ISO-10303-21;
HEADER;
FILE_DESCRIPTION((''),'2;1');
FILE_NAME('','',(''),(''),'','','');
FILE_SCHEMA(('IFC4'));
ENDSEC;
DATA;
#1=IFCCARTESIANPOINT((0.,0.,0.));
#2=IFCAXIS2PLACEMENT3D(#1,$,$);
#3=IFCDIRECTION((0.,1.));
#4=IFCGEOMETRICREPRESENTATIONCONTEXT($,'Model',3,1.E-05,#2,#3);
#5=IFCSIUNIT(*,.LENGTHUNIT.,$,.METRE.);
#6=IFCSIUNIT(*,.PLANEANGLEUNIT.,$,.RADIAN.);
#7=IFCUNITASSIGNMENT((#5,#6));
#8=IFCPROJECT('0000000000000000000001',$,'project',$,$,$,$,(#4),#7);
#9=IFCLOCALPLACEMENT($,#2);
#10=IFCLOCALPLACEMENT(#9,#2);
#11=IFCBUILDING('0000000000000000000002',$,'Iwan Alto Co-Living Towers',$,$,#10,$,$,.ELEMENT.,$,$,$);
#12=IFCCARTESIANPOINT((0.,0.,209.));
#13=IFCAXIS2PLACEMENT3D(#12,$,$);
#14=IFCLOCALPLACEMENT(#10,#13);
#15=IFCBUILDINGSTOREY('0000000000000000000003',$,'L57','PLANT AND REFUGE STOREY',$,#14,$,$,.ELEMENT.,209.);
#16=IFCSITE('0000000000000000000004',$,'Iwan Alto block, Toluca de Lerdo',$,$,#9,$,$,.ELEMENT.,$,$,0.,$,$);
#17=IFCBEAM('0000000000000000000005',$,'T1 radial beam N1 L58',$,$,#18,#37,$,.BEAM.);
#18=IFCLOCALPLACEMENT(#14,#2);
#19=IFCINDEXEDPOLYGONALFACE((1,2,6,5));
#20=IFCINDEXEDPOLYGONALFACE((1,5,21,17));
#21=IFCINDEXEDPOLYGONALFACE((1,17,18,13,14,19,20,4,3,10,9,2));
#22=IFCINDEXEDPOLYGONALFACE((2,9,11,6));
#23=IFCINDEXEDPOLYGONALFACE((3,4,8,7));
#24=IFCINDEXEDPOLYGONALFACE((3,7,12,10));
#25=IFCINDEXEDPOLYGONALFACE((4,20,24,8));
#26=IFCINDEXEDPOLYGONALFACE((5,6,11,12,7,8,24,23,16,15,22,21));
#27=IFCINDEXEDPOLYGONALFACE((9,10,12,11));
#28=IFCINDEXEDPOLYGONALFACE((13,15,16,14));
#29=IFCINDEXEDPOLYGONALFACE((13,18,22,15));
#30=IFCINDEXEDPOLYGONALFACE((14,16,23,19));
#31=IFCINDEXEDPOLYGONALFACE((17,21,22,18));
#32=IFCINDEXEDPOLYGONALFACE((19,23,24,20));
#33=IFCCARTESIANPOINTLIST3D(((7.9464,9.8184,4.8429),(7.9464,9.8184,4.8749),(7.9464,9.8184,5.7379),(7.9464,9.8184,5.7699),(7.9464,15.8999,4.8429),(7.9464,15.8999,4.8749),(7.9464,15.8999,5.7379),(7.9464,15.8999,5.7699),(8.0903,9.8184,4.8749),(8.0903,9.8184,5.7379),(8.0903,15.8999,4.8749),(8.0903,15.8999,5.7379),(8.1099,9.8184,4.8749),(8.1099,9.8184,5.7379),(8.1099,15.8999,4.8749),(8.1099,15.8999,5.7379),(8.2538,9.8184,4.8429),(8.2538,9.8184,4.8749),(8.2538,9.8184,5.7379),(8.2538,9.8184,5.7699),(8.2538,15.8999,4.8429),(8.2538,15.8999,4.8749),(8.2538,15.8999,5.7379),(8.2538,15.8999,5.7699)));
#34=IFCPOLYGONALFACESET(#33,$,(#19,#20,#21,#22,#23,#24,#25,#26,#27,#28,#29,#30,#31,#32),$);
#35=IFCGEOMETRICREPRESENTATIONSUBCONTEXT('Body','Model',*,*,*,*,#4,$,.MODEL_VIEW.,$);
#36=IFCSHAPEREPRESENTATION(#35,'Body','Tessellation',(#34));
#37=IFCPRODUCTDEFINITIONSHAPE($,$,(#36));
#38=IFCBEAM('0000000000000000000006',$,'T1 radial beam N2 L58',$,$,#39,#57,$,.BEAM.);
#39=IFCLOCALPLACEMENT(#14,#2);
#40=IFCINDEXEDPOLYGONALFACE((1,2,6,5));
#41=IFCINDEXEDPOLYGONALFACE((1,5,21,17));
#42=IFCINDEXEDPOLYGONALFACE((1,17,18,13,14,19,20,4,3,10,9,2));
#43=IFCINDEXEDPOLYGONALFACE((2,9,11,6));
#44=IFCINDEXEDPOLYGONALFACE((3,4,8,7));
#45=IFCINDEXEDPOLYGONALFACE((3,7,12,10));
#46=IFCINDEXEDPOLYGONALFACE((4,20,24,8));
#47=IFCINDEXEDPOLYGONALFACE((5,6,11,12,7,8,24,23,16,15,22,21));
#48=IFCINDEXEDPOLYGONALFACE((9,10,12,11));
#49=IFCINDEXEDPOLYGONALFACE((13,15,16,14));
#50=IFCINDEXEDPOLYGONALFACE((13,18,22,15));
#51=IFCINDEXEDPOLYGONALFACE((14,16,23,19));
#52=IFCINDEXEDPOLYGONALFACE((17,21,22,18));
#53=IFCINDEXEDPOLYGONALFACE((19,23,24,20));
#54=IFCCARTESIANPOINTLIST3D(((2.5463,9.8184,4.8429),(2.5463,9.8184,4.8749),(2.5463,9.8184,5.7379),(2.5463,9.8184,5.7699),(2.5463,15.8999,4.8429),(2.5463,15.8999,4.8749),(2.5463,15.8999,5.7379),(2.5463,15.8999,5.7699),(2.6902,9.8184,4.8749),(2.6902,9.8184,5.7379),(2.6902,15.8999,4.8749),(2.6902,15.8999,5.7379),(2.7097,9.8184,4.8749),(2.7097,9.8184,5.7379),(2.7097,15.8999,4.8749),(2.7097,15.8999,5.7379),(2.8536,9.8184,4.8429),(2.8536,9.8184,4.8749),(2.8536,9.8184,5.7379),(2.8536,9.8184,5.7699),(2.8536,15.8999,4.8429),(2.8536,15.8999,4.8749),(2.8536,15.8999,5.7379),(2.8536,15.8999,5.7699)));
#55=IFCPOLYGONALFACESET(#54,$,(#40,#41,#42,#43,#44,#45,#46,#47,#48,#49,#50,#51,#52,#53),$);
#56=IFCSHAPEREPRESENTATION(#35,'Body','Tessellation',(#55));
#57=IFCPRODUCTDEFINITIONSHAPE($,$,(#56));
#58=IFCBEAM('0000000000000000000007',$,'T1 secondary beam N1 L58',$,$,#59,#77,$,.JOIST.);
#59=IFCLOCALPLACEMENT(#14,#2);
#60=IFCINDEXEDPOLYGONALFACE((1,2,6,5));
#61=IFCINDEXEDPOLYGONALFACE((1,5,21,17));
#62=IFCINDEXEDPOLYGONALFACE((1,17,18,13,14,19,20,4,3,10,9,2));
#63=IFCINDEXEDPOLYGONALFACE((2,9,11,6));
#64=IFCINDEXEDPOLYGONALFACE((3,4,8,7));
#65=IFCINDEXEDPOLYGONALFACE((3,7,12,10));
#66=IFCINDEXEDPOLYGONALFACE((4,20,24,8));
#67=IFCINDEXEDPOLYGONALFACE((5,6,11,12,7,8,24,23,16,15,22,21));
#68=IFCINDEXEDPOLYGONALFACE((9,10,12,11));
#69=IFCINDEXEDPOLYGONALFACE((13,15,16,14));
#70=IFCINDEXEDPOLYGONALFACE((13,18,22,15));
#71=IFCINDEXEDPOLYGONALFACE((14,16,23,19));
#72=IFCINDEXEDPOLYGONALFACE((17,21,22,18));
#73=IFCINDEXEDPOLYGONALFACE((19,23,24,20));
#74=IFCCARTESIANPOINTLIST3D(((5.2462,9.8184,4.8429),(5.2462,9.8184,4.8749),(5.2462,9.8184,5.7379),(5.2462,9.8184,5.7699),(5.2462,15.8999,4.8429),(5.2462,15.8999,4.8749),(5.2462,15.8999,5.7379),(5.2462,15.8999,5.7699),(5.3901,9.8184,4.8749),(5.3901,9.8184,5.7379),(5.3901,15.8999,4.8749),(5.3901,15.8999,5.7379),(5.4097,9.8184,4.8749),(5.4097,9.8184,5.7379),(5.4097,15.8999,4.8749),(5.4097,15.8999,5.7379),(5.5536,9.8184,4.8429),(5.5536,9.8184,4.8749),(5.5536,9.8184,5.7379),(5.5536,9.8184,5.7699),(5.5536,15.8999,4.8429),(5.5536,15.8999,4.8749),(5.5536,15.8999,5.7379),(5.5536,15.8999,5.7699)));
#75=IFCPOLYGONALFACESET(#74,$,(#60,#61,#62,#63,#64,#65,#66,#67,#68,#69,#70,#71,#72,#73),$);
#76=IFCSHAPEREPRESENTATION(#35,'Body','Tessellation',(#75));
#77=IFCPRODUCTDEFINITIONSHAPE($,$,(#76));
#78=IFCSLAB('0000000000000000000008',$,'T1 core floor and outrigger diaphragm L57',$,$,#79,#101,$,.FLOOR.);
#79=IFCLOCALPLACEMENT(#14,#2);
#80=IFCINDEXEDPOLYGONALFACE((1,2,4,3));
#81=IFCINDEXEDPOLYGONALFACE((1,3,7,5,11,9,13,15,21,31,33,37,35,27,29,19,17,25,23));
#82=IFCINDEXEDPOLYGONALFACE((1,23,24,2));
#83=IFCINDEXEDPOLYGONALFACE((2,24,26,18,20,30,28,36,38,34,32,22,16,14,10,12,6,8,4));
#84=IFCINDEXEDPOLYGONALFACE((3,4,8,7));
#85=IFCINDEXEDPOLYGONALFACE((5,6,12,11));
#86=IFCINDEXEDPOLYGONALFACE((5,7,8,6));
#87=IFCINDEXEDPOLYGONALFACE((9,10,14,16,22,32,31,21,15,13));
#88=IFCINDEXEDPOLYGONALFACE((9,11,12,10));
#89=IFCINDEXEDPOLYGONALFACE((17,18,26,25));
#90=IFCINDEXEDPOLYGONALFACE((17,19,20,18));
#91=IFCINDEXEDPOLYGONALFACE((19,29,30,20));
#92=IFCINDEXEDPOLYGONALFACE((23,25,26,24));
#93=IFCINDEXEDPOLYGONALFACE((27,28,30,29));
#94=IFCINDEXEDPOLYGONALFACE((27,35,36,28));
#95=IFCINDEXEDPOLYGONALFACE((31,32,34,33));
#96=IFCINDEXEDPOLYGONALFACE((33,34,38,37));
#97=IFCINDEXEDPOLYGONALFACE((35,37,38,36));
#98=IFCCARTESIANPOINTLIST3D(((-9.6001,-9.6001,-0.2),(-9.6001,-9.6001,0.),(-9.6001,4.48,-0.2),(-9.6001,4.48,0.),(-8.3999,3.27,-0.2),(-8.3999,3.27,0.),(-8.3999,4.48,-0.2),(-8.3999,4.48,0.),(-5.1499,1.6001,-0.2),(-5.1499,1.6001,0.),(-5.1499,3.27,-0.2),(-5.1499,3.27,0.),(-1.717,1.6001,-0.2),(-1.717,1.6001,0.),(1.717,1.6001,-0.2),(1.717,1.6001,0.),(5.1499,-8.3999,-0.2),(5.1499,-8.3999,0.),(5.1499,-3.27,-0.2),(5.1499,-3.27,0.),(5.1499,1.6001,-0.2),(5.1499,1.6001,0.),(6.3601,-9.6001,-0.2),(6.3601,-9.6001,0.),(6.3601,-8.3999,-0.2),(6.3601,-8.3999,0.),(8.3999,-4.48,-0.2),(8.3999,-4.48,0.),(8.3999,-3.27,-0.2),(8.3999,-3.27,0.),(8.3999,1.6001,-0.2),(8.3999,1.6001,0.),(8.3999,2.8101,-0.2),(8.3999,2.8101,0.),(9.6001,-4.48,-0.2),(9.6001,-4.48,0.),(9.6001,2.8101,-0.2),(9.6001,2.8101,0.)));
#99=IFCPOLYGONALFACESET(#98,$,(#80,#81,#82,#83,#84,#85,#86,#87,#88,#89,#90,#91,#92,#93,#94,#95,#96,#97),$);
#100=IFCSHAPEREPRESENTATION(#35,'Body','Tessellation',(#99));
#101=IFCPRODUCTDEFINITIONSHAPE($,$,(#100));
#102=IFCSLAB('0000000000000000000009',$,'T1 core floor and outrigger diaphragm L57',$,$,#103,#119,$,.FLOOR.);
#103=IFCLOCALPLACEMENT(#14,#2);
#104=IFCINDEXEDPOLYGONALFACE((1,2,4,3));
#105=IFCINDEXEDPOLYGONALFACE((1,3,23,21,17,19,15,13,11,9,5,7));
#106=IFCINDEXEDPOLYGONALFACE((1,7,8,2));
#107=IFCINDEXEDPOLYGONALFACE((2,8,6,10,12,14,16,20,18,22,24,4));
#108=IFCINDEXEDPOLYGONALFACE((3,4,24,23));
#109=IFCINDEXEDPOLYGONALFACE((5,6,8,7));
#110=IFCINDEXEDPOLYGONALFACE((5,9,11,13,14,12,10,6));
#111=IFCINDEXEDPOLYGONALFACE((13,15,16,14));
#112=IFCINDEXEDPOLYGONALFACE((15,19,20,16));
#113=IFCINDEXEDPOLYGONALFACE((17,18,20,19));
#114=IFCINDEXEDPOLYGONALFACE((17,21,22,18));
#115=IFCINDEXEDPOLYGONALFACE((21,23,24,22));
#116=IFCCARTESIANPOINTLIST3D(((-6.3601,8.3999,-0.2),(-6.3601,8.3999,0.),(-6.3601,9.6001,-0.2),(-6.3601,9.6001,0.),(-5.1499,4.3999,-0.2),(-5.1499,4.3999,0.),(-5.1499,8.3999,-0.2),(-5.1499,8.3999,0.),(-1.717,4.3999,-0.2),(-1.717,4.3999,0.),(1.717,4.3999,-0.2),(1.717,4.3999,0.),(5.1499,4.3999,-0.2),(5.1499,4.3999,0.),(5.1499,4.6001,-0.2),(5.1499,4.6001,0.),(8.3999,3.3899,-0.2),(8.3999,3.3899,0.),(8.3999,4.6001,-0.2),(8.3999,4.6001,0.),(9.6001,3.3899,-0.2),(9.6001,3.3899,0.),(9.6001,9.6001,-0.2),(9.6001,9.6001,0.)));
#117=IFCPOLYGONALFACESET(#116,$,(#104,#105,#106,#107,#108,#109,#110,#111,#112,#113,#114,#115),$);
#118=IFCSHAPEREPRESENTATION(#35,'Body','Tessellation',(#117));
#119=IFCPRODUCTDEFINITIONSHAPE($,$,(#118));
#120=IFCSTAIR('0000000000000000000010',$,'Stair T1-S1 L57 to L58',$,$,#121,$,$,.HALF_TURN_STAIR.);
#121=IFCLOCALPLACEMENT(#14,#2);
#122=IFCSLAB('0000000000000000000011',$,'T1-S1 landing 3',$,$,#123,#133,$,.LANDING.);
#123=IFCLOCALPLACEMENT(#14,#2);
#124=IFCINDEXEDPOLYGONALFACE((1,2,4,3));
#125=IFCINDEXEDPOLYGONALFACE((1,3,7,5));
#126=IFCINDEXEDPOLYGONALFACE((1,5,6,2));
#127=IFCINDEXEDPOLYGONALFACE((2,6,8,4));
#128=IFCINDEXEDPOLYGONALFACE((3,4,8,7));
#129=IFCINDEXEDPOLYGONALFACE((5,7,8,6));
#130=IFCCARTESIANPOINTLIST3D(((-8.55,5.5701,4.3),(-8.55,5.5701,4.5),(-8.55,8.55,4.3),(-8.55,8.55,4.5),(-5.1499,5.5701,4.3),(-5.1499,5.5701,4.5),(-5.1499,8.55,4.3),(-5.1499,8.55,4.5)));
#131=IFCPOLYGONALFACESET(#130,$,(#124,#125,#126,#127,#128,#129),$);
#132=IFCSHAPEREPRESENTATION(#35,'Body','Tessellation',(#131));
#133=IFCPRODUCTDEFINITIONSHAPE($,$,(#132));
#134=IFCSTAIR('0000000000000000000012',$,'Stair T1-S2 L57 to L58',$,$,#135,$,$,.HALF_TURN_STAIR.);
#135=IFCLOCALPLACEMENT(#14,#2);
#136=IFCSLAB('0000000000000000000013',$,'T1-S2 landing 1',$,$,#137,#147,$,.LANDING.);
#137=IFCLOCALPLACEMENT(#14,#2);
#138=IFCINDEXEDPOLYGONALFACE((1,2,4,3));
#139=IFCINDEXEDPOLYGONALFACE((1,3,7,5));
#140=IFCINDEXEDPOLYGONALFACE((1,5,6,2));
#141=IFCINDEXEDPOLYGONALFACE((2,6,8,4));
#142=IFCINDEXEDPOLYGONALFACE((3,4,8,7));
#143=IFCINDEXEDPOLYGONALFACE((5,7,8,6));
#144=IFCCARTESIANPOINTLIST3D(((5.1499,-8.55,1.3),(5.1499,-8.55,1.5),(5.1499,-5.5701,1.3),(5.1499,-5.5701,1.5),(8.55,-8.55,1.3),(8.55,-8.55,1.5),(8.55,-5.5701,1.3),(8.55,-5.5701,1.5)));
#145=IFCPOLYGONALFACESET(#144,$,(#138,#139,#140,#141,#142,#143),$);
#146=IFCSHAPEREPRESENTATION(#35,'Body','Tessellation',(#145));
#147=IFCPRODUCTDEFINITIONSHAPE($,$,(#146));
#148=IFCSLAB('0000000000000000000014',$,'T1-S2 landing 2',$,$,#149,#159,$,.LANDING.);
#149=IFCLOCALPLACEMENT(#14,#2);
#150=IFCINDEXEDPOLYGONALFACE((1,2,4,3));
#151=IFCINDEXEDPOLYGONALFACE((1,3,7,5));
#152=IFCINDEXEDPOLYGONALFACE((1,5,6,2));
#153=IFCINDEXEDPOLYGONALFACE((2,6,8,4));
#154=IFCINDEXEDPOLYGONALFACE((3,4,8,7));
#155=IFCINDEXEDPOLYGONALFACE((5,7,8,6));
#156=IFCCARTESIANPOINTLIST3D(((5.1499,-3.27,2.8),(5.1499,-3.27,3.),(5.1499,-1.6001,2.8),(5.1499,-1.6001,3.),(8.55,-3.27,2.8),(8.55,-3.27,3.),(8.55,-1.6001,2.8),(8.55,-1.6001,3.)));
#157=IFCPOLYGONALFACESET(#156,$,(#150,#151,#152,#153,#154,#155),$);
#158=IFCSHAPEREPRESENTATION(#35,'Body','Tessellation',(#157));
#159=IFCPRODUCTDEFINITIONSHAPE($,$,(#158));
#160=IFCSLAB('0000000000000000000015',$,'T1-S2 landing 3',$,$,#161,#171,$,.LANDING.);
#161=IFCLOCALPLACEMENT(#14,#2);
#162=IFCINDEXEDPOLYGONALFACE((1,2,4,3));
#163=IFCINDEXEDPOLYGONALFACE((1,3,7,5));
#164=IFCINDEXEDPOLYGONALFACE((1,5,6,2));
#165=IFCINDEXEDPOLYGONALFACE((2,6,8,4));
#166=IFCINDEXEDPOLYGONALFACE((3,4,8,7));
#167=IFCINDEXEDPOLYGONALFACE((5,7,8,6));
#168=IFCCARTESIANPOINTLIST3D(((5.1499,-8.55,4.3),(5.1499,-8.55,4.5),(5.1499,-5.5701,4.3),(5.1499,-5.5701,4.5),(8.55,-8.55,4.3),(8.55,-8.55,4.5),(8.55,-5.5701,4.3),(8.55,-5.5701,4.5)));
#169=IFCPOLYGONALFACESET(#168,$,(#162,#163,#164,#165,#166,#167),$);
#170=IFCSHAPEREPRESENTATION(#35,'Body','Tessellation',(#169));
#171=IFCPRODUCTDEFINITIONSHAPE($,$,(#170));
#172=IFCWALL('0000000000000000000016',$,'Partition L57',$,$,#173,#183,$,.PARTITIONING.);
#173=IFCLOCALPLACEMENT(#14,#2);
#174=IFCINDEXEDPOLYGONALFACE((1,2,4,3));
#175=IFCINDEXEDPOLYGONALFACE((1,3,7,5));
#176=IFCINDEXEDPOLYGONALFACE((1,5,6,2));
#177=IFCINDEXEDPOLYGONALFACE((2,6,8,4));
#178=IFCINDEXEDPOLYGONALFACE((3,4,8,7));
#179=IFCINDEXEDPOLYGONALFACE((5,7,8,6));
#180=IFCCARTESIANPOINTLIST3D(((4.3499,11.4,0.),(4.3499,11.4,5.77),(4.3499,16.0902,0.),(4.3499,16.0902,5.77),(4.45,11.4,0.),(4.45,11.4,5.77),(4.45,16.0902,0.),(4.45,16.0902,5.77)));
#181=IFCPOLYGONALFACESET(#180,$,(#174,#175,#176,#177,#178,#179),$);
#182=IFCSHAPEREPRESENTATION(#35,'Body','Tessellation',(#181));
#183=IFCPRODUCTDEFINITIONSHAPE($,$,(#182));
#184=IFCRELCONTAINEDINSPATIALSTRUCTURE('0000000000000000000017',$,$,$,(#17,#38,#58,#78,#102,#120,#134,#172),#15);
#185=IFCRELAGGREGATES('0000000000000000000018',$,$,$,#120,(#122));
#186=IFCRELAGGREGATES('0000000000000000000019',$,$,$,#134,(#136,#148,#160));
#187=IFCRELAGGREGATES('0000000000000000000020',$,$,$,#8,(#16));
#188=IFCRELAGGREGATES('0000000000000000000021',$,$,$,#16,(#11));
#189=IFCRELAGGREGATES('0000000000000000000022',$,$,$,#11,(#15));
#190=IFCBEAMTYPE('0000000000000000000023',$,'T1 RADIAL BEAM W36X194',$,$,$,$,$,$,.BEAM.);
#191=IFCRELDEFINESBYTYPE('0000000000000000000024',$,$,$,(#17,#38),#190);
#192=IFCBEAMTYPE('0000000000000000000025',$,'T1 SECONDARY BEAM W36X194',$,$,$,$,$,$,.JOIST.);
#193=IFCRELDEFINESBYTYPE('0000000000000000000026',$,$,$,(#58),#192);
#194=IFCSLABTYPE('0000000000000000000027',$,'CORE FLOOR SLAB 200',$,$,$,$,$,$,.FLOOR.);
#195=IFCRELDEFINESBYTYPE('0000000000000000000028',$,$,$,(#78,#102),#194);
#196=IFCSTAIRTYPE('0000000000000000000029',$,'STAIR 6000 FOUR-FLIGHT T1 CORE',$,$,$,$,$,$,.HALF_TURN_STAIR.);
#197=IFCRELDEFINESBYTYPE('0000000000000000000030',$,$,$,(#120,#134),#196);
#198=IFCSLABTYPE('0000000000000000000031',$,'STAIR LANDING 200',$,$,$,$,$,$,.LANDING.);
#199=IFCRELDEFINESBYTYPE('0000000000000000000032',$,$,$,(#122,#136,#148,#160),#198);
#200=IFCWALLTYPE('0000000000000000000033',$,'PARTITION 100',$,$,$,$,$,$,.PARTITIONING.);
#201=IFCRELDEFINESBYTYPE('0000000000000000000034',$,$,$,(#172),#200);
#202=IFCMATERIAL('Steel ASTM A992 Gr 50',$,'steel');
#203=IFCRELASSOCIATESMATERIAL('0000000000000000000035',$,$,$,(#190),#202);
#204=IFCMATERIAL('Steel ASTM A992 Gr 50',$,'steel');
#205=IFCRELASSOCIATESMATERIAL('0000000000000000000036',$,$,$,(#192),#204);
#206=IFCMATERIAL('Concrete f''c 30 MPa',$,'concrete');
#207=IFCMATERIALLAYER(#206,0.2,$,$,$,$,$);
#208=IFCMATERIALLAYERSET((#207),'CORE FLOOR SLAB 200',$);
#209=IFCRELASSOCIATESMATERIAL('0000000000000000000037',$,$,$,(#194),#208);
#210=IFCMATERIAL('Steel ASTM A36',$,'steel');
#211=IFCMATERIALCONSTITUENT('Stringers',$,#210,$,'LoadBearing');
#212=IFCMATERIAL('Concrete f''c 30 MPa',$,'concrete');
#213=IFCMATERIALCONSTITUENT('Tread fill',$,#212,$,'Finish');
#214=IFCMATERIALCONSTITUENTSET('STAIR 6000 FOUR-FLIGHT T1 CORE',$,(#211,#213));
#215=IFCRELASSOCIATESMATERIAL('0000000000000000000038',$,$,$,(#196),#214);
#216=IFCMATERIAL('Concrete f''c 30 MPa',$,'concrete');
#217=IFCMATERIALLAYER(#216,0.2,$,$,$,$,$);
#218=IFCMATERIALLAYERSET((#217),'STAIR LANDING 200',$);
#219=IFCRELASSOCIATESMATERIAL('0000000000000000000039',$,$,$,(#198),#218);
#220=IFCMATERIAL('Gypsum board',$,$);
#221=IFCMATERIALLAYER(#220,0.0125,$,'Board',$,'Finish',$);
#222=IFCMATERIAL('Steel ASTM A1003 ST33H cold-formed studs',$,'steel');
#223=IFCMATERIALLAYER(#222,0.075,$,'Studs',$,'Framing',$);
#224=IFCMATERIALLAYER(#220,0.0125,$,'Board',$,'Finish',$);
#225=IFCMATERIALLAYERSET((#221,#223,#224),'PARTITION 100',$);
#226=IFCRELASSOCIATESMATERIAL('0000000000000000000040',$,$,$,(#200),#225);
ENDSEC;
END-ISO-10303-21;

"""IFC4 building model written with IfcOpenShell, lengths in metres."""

from ifc_helpers import new_model, si_unit, direction, frame, frame_2d, origin, origin_2d, place, context, subcontext, project, spatial, polyline, rectangle, i_section, outline, extrude, material, layer, layer_set, constituent, constituent_set, material_profile, profile_set, type_object, element, aggregate, save


model = new_model("IFC4")

# Units and contexts
model_context = context("Model", 3, precision=1e-05, world=origin(), true_north=direction((0.0, 1.0)))
body_context = subcontext(model_context, "Body", "Model", "MODEL_VIEW")
ifc_project = project(units=[si_unit("LENGTHUNIT", "METRE"), si_unit("PLANEANGLEUNIT", "RADIAN")], contexts=[model_context])

# Site, building, storey
site_placement = place(None, origin())
site = spatial("IfcSite", under=ifc_project, at=site_placement, Name="Iwan Alto block, Toluca de Lerdo", CompositionType="ELEMENT", RefElevation=0.0)
building_placement = place(site_placement, origin())
building = spatial("IfcBuilding", under=site, at=building_placement, Name="Iwan Alto Co-Living Towers", CompositionType="ELEMENT")
storey_placement = place(building_placement, frame((0.0, 0.0, 209.0)))
storey = spatial("IfcBuildingStorey", under=building, at=storey_placement, Name="L57", Description="PLANT AND REFUGE STOREY", CompositionType="ELEMENT", Elevation=209.0)

# Beams
ifc_material_1 = material(Name="Steel ASTM A992 Gr 50", Category="steel")
ifc_material_profile_1 = material_profile(ifc_material_1, i_section(OverallWidth=0.3074, OverallDepth=0.927, WebThickness=0.0195, FlangeThickness=0.032, at=origin_2d()), Name="W36X194")
ifc_profile_set_1 = profile_set([ifc_material_profile_1], Name="Steel ASTM A992 Gr 50")
beam_type_1 = type_object("IfcBeamType", Name="T1 RADIAL BEAM W36X194", PredefinedType="BEAM", material=ifc_profile_set_1)
for number, where, z_axis, x_axis, name in (
    (1, (8.1001, 15.8999, 5.3064), (0.0, -1.0, 0.0), (1.0, 0.0, 0.0), "T1 radial beam N1 L58"),
    (2, (2.7, 15.8999, 5.3064), (0.0, -1.0, 0.0), (1.0, 0.0, 0.0), "T1 radial beam N2 L58"),
):
    element("IfcBeam", number, at=place(storey_placement, frame(where, z_axis=z_axis, x_axis=x_axis)), inside=storey, type_object=beam_type_1, Name=name, PredefinedType="BEAM", context=body_context, shape_type="SweptSolid", body=[
        extrude(i_section(OverallWidth=0.3074, OverallDepth=0.927, WebThickness=0.0195, FlangeThickness=0.032, at=origin_2d()), origin(), (0.0, 0.0, 1.0), 6.0815),
    ])
ifc_material_2 = material(Name="Steel ASTM A992 Gr 50", Category="steel")
ifc_material_profile_2 = material_profile(ifc_material_2, i_section(OverallWidth=0.3074, OverallDepth=0.927, WebThickness=0.0195, FlangeThickness=0.032, at=origin_2d()), Name="W36X194")
ifc_profile_set_2 = profile_set([ifc_material_profile_2], Name="Steel ASTM A992 Gr 50")
beam_type_2 = type_object("IfcBeamType", Name="T1 SECONDARY BEAM W36X194", PredefinedType="JOIST", material=ifc_profile_set_2)
beam_1_placement = place(storey_placement, frame((5.3999, 15.8999, 5.3064), z_axis=(0.0, -1.0, 0.0), x_axis=(1.0, 0.0, 0.0)))
element("IfcBeam", 3, at=beam_1_placement, inside=storey, type_object=beam_type_2, Name="T1 secondary beam N1 L58", PredefinedType="JOIST", context=body_context, shape_type="SweptSolid", body=[
    extrude(i_section(OverallWidth=0.3074, OverallDepth=0.927, WebThickness=0.0195, FlangeThickness=0.032, at=origin_2d()), origin(), (0.0, 0.0, 1.0), 6.0815),
])

# Slabs
ifc_material_3 = material(Name="Concrete f'c 30 MPa", Category="concrete")
ifc_layer_1 = layer(ifc_material_3, 0.2)
ifc_layer_set_1 = layer_set([ifc_layer_1], Name="CORE FLOOR SLAB 200")
slab_type_1 = type_object("IfcSlabType", Name="CORE FLOOR SLAB 200", PredefinedType="FLOOR", material=ifc_layer_set_1)
slab_1_placement = place(storey_placement, frame((0.0, 0.0, -0.2)))
element("IfcSlab", 4, at=slab_1_placement, inside=storey, type_object=slab_type_1, Name="T1 core floor and outrigger diaphragm L57", PredefinedType="FLOOR", context=body_context, shape_type="SweptSolid", body=[
    extrude(outline(polyline([(5.1499, -8.3999), (6.3601, -8.3999), (6.3601, -9.6001), (-9.6001, -9.6001), (-9.6001, 4.48), (-8.3999, 4.48), (-8.3999, 3.27), (-5.1499, 3.27), (-5.1499, 1.6001), (-1.717, 1.6001), (1.717, 1.6001), (5.1499, 1.6001), (8.3999, 1.6001), (8.3999, 2.8101), (9.6001, 2.8101), (9.6001, -4.48), (8.3999, -4.48), (8.3999, -3.27), (5.1499, -3.27), (5.1499, -8.3999)])), origin(), (0.0, 0.0, 1.0), 0.2),
])
slab_2_placement = place(storey_placement, frame((0.0, 0.0, -0.2)))
element("IfcSlab", 5, at=slab_2_placement, inside=storey, type_object=slab_type_1, Name="T1 core floor and outrigger diaphragm L57", PredefinedType="FLOOR", context=body_context, shape_type="SweptSolid", body=[
    extrude(outline(polyline([(1.717, 4.3999), (-1.717, 4.3999), (-5.1499, 4.3999), (-5.1499, 8.3999), (-6.3601, 8.3999), (-6.3601, 9.6001), (9.6001, 9.6001), (9.6001, 3.3899), (8.3999, 3.3899), (8.3999, 4.6001), (5.1499, 4.6001), (5.1499, 4.3999), (1.717, 4.3999)])), origin(), (0.0, 0.0, 1.0), 0.2),
])

# Stair, slab
ifc_material_4 = material(Name="Steel ASTM A36", Category="steel")
ifc_constituent_1 = constituent(ifc_material_4, Name="Stringers", Category="LoadBearing")
ifc_material_5 = material(Name="Concrete f'c 30 MPa", Category="concrete")
ifc_constituent_2 = constituent(ifc_material_5, Name="Tread fill", Category="Finish")
ifc_constituent_set = constituent_set(constituents=[ifc_constituent_1, ifc_constituent_2], Name="STAIR 6000 FOUR-FLIGHT T1 CORE")
stair_type = type_object("IfcStairType", Name="STAIR 6000 FOUR-FLIGHT T1 CORE", PredefinedType="HALF_TURN_STAIR", material=ifc_constituent_set)
stair_1_placement = place(storey_placement, origin())
stair_1 = element("IfcStair", 6, at=stair_1_placement, inside=storey, type_object=stair_type, Name="Stair T1-S1 L57 to L58", PredefinedType="HALF_TURN_STAIR")
ifc_material_6 = material(Name="Concrete f'c 30 MPa", Category="concrete")
ifc_layer_2 = layer(ifc_material_6, 0.2)
ifc_layer_set_2 = layer_set([ifc_layer_2], Name="STAIR LANDING 200")
slab_type_2 = type_object("IfcSlabType", Name="STAIR LANDING 200", PredefinedType="LANDING", material=ifc_layer_set_2)
slab_3_placement = place(storey_placement, frame((0.0, 0.0, 4.3)))
slab_3 = element("IfcSlab", 7, at=slab_3_placement, type_object=slab_type_2, Name="T1-S1 landing 3", PredefinedType="LANDING", context=body_context, shape_type="SweptSolid", body=[
    extrude(outline(polyline([(-8.55, 5.5701), (-8.55, 8.55), (-5.1499, 8.55), (-5.1499, 5.5701), (-8.55, 5.5701)])), origin(), (0.0, 0.0, 1.0), 0.2),
])
aggregate(stair_1, [slab_3])

# Stair, slabs
stair_2_placement = place(storey_placement, origin())
stair_2 = element("IfcStair", 8, at=stair_2_placement, inside=storey, type_object=stair_type, Name="Stair T1-S2 L57 to L58", PredefinedType="HALF_TURN_STAIR")
slab_4_placement = place(storey_placement, frame((0.0, 0.0, 1.3)))
slab_4 = element("IfcSlab", 9, at=slab_4_placement, type_object=slab_type_2, Name="T1-S2 landing 1", PredefinedType="LANDING", context=body_context, shape_type="SweptSolid", body=[
    extrude(outline(polyline([(5.1499, -5.5701), (5.1499, -8.55), (8.55, -8.55), (8.55, -5.5701), (5.1499, -5.5701)])), origin(), (0.0, 0.0, 1.0), 0.2),
])
slab_5_placement = place(storey_placement, frame((0.0, 0.0, 2.8)))
slab_5 = element("IfcSlab", 10, at=slab_5_placement, type_object=slab_type_2, Name="T1-S2 landing 2", PredefinedType="LANDING", context=body_context, shape_type="SweptSolid", body=[
    extrude(outline(polyline([(5.1499, -1.6001), (5.1499, -3.27), (8.55, -3.27), (8.55, -1.6001), (5.1499, -1.6001)])), origin(), (0.0, 0.0, 1.0), 0.2),
])
slab_6_placement = place(storey_placement, frame((0.0, 0.0, 4.3)))
slab_6 = element("IfcSlab", 11, at=slab_6_placement, type_object=slab_type_2, Name="T1-S2 landing 3", PredefinedType="LANDING", context=body_context, shape_type="SweptSolid", body=[
    extrude(outline(polyline([(5.1499, -5.5701), (5.1499, -8.55), (8.55, -8.55), (8.55, -5.5701), (5.1499, -5.5701)])), origin(), (0.0, 0.0, 1.0), 0.2),
])
aggregate(stair_2, [slab_4, slab_5, slab_6])

# Wall
ifc_material_7 = material(Name="Gypsum board")
ifc_layer_3 = layer(ifc_material_7, 0.0125, Name="Board", Category="Finish")
ifc_material_8 = material(Name="Steel ASTM A1003 ST33H cold-formed studs", Category="steel")
ifc_layer_4 = layer(ifc_material_8, 0.075, Name="Studs", Category="Framing")
ifc_layer_5 = layer(ifc_material_7, 0.0125, Name="Board", Category="Finish")
ifc_layer_set_3 = layer_set([ifc_layer_3, ifc_layer_4, ifc_layer_5], Name="PARTITION 100")
wall_type_1 = type_object("IfcWallType", Name="PARTITION 100", PredefinedType="PARTITIONING", material=ifc_layer_set_3)
wall_1_placement = place(storey_placement, frame((4.3999, 11.3999, 0.0), z_axis=(0.0, 0.0, 1.0), x_axis=(0.0, 1.0, 0.0)))
element("IfcWall", 12, at=wall_1_placement, inside=storey, type_object=wall_type_1, Name="Partition L57", PredefinedType="PARTITIONING", context=body_context, shape_type="SweptSolid", body=[
    extrude(rectangle(XDim=4.6902, YDim=0.1001, at=frame_2d((2.3452, 0.0))), origin(), (0.0, 0.0, 1.0), 5.77),
])

save(model, "model.ifc")
